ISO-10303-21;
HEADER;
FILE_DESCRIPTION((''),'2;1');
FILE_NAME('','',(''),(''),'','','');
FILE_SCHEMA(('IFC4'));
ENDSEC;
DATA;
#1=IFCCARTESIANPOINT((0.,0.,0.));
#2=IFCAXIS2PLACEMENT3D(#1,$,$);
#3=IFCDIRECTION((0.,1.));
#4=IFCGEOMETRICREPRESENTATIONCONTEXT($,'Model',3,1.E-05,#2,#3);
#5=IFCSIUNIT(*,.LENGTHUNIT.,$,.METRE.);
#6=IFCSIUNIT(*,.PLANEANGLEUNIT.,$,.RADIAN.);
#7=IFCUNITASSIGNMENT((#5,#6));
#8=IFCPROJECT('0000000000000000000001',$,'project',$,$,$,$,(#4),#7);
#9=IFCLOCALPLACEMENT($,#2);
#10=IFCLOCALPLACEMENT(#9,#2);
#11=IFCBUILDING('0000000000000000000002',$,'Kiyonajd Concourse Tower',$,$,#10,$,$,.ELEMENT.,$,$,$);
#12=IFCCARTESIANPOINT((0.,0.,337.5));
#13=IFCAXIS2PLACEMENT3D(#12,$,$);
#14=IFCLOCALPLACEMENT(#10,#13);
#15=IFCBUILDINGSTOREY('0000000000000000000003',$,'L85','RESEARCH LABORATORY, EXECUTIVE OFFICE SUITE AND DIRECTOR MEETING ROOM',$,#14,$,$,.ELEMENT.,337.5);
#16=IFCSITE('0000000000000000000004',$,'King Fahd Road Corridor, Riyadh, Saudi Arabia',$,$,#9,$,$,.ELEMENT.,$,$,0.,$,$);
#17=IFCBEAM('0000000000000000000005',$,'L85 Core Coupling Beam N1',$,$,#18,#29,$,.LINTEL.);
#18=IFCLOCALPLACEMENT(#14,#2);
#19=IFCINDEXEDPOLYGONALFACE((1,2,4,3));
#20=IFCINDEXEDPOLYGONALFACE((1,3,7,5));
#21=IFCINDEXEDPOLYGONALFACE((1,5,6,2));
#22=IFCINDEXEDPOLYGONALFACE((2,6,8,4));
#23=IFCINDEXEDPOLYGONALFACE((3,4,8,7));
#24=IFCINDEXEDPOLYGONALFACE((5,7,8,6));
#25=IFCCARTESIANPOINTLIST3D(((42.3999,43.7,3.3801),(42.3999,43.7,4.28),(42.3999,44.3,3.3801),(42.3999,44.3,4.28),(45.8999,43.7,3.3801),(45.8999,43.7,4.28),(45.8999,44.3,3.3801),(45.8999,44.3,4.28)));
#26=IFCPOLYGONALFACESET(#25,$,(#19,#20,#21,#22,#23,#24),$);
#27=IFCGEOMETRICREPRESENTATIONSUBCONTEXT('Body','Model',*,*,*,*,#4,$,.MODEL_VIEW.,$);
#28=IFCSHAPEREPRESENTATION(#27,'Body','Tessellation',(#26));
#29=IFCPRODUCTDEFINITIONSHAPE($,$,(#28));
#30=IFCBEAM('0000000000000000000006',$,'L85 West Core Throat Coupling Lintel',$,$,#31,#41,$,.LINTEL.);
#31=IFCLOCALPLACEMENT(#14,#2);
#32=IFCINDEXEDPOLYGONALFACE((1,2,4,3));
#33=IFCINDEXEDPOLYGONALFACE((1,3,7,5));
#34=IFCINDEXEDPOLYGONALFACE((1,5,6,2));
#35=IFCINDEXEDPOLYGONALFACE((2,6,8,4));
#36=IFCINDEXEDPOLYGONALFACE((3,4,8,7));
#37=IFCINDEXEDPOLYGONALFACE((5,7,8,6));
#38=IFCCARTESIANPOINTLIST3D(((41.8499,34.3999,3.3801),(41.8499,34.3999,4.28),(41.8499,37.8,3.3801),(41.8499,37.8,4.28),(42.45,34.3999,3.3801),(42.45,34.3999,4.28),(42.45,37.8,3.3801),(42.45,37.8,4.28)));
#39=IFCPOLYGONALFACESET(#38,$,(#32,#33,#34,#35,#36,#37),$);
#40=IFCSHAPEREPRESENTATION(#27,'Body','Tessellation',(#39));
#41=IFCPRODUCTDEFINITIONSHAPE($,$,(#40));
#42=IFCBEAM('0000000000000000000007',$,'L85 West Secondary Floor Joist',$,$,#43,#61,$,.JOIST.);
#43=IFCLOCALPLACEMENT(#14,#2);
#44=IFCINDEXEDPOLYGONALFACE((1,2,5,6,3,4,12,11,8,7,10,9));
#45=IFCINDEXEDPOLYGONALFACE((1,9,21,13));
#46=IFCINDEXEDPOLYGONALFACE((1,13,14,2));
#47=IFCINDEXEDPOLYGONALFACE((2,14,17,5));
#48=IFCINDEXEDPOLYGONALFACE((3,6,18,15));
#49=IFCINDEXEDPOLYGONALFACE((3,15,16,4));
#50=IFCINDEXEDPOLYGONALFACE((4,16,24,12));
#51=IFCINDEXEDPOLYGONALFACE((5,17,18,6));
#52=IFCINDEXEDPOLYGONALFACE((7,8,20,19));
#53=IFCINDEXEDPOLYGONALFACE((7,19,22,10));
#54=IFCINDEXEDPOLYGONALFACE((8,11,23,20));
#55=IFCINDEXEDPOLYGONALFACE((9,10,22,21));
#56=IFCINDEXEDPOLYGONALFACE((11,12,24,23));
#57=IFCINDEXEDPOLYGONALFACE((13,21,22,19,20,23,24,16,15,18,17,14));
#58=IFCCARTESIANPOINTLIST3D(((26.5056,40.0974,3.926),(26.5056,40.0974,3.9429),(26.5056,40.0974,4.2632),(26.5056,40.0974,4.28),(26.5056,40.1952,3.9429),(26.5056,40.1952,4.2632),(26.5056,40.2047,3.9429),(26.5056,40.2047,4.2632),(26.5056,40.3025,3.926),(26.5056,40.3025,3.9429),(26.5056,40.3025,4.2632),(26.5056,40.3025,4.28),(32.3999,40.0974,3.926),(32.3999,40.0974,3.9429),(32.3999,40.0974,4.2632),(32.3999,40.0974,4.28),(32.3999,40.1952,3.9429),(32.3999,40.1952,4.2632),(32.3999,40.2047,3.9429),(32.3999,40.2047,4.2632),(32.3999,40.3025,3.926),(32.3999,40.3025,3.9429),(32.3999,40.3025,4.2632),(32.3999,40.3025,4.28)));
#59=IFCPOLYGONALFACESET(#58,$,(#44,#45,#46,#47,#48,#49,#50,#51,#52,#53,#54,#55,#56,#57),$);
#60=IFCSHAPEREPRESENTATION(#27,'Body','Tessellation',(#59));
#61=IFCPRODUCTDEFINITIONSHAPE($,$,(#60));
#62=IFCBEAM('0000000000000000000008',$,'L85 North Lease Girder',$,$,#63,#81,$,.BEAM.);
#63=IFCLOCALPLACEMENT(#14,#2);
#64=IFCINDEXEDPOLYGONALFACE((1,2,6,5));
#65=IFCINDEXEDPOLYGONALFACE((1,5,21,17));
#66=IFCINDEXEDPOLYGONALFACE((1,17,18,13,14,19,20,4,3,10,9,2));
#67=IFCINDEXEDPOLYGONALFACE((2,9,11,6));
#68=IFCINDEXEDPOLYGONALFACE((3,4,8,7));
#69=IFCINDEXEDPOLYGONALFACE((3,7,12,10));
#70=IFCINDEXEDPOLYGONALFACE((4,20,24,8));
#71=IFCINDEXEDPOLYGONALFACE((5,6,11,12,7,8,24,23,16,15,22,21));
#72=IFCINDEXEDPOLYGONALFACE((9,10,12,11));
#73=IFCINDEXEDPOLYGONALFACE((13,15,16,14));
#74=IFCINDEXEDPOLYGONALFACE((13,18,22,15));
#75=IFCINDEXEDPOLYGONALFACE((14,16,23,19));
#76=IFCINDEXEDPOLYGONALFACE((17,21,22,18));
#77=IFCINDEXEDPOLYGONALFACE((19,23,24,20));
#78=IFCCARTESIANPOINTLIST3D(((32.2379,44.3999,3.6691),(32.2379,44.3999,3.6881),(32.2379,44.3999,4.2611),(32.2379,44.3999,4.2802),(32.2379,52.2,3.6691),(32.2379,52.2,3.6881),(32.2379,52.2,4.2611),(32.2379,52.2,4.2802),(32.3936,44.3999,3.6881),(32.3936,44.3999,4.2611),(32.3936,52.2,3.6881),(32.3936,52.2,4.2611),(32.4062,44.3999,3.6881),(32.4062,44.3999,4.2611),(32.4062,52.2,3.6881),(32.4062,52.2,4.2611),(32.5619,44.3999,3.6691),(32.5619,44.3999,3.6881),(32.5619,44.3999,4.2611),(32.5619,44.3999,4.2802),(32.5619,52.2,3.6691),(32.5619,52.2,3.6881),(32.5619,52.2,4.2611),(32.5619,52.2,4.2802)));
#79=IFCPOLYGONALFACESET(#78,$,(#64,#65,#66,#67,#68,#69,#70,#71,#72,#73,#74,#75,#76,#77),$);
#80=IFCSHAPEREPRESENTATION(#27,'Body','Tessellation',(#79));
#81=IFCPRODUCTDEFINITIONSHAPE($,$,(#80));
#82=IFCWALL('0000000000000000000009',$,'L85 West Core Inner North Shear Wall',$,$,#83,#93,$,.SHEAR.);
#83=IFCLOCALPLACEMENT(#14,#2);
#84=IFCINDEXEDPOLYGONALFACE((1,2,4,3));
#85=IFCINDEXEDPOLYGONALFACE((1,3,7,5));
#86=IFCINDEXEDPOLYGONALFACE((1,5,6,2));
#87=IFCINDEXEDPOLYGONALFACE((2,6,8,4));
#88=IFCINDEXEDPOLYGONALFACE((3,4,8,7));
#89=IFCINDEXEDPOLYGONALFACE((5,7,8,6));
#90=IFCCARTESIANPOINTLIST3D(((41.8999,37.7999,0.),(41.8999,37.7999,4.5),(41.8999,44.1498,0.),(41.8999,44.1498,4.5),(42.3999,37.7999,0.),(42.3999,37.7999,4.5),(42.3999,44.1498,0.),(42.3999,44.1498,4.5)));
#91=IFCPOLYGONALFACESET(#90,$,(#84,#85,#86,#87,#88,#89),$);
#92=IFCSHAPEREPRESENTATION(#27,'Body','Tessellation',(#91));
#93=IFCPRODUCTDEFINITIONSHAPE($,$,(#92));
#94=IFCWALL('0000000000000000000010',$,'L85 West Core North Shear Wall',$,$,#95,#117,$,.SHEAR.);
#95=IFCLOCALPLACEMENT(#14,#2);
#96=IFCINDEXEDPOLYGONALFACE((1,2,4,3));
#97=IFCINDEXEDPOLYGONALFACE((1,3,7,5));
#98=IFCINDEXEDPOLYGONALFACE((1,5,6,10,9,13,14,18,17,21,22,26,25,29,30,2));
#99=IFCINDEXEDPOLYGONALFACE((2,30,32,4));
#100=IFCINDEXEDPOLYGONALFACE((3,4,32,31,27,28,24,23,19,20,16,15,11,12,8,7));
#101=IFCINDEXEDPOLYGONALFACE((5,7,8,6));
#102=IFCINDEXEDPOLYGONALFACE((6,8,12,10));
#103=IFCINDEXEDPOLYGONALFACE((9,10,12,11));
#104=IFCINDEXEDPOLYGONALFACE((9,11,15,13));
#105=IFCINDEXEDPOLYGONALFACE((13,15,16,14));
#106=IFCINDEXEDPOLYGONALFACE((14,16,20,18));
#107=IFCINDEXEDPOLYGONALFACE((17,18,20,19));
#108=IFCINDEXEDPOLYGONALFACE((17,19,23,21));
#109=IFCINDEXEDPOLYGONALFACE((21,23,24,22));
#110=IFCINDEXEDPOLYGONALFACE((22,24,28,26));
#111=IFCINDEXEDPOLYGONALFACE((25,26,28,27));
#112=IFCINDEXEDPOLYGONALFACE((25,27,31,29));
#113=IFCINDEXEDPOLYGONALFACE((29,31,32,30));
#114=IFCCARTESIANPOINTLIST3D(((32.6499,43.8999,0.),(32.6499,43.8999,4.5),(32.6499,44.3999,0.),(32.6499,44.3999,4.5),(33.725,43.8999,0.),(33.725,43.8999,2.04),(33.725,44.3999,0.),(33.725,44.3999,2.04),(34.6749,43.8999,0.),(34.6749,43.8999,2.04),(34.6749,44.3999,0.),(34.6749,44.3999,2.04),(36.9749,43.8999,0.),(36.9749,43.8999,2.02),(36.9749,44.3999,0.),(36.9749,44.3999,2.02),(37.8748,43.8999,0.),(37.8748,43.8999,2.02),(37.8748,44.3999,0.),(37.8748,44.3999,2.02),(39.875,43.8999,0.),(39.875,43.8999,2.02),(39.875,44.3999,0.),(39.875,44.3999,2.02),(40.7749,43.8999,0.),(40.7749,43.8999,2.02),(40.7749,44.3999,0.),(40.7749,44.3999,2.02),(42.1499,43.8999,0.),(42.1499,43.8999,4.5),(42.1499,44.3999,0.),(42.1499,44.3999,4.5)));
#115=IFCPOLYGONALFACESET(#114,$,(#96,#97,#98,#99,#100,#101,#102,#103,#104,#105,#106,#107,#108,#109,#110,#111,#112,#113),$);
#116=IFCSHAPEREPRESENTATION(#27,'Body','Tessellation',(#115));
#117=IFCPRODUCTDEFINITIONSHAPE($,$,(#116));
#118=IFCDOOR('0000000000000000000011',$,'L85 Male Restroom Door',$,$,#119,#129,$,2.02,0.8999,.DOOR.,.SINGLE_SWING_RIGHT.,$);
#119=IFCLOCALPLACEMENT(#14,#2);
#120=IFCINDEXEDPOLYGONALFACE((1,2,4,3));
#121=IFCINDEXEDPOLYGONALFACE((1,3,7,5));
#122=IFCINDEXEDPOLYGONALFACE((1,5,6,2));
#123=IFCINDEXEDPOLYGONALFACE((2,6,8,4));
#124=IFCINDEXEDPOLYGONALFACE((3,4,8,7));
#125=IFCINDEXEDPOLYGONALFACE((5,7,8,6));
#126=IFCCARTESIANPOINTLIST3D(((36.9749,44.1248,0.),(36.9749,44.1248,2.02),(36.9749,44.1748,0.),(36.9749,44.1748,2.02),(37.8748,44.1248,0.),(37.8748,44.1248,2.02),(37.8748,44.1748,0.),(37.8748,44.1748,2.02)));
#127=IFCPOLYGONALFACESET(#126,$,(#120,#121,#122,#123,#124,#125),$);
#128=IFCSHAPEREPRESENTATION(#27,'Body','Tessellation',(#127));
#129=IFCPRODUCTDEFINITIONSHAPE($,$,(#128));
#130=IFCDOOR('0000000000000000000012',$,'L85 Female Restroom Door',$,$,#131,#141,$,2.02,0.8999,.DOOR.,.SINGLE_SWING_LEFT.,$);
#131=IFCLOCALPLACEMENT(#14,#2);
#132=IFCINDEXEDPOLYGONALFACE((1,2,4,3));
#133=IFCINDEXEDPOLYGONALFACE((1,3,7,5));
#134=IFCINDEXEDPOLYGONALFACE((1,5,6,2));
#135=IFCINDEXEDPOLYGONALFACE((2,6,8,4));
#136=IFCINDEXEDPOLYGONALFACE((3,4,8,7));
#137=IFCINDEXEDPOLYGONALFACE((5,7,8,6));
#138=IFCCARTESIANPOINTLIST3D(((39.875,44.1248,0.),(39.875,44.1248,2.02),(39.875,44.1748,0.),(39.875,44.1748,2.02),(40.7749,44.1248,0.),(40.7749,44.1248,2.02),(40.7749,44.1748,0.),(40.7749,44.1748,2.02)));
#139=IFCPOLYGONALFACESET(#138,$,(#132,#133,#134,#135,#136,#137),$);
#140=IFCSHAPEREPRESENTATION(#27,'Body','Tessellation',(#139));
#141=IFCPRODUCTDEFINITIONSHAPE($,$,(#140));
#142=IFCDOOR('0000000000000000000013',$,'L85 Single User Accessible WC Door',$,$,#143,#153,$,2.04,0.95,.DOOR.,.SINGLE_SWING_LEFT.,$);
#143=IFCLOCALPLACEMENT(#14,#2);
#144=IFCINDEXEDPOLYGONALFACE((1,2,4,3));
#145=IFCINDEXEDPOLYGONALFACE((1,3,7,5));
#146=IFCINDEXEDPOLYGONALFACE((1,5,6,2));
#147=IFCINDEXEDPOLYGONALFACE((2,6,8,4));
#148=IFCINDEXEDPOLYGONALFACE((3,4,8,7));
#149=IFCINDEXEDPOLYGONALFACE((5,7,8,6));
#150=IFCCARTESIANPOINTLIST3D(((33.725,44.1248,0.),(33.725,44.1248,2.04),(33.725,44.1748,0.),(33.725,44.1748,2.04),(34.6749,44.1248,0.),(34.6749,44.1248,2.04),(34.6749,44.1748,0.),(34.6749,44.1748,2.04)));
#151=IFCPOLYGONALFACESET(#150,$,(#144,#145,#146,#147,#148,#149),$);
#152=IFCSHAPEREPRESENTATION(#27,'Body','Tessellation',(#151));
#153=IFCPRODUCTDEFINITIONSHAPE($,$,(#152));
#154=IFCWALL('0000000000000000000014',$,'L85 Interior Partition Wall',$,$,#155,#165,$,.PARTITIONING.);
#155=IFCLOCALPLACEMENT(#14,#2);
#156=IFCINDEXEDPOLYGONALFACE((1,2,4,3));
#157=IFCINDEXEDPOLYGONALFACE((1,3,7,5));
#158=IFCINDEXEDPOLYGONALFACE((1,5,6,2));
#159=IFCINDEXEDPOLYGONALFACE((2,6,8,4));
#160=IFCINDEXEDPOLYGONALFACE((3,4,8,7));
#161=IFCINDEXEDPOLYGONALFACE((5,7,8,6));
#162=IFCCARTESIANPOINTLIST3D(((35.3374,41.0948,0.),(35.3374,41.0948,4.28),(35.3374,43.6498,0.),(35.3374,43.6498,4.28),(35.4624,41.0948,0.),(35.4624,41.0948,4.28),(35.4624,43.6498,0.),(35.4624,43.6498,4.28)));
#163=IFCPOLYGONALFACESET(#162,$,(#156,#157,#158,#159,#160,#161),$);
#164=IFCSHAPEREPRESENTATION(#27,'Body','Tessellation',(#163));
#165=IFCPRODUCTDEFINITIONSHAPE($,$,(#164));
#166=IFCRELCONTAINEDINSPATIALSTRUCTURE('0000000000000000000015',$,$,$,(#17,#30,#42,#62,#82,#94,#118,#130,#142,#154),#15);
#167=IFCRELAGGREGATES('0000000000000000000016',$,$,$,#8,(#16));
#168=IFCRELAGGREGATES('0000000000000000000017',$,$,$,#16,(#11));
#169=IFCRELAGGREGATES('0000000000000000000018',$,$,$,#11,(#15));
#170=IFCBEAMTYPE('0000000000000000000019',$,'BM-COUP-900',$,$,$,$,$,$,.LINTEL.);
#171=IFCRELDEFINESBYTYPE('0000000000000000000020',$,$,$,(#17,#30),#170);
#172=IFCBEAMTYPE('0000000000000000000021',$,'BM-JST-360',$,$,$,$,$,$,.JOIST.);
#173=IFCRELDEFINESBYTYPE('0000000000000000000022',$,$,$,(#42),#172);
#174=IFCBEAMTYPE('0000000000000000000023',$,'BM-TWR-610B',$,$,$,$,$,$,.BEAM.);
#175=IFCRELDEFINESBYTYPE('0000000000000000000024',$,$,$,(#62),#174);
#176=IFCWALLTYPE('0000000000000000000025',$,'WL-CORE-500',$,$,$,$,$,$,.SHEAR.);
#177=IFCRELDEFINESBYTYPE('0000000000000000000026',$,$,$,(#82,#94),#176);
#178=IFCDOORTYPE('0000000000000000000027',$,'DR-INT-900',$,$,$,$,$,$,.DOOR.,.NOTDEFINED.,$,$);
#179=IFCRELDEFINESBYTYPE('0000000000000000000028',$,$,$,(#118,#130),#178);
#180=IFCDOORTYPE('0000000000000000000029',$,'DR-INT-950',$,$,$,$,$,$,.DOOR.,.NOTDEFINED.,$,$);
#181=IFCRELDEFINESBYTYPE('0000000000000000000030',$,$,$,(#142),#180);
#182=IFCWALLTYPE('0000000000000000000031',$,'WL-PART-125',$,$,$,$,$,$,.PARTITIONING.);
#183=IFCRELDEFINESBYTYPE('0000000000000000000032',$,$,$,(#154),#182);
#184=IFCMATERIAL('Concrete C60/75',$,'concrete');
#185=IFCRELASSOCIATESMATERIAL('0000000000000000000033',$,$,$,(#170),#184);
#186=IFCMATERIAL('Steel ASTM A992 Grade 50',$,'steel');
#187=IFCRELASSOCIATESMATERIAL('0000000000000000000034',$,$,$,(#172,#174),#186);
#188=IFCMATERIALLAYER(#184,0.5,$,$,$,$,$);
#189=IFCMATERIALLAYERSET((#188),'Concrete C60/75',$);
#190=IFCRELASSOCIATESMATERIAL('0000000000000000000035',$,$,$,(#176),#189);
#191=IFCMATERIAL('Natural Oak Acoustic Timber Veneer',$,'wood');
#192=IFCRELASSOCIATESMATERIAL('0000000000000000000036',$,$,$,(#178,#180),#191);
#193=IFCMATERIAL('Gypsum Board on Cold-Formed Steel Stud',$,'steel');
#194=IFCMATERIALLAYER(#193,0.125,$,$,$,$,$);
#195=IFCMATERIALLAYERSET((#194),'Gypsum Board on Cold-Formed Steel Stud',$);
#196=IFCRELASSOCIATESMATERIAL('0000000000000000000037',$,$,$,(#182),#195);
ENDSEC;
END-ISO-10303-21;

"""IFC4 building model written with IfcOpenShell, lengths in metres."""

from ifc_helpers import new_model, si_unit, direction, frame, frame_2d, origin, origin_2d, place, context, subcontext, project, spatial, rectangle, i_section, extrude, material, layer, layer_set, material_profile, profile_set, type_object, element, fill, save


model = new_model("IFC4")

# Units and contexts
model_context = context("Model", 3, precision=1e-05, world=origin(), true_north=direction((0.0, 1.0)))
body_context = subcontext(model_context, "Body", "Model", "MODEL_VIEW")
ifc_project = project(units=[si_unit("LENGTHUNIT", "METRE"), si_unit("PLANEANGLEUNIT", "RADIAN")], contexts=[model_context])

# Site, building, storey
site_placement = place(None, origin())
site = spatial("IfcSite", under=ifc_project, at=site_placement, Name="King Fahd Road Corridor, Riyadh, Saudi Arabia", CompositionType="ELEMENT", RefElevation=0.0)
building_placement = place(site_placement, origin())
building = spatial("IfcBuilding", under=site, at=building_placement, Name="Kiyonajd Concourse Tower", CompositionType="ELEMENT")
storey_placement = place(building_placement, frame((0.0, 0.0, 337.5)))
storey = spatial("IfcBuildingStorey", under=building, at=storey_placement, Name="L85", Description="RESEARCH LABORATORY, EXECUTIVE OFFICE SUITE AND DIRECTOR MEETING ROOM", CompositionType="ELEMENT", Elevation=337.5)

# Beams
ifc_material_1 = material(Name="Concrete C60/75", Category="concrete")
ifc_material_profile_1 = material_profile(ifc_material_1, rectangle(XDim=0.6001, YDim=0.8999, at=origin_2d()), Name="RCBM-600x900")
ifc_profile_set_1 = profile_set([ifc_material_profile_1], Name="Concrete C60/75")
beam_type_1 = type_object("IfcBeamType", Name="BM-COUP-900", PredefinedType="LINTEL", material=ifc_profile_set_1)
beam_1_placement = place(storey_placement, frame((42.3999, 44.0, 3.8301), z_axis=(1.0, 0.0, 0.0), x_axis=(0.0, 1.0, 0.0)))
element("IfcBeam", 1, at=beam_1_placement, inside=storey, type_object=beam_type_1, Name="L85 Core Coupling Beam N1", PredefinedType="LINTEL", context=body_context, shape_type="SweptSolid", body=[
    extrude(rectangle(XDim=0.6001, YDim=0.8999, at=origin_2d()), origin(), (0.0, 0.0, 1.0), 3.5),
])
beam_2_placement = place(storey_placement, frame((42.1499, 34.3999, 3.8301), z_axis=(0.0, 1.0, 0.0), x_axis=(-1.0, 0.0, 0.0)))
element("IfcBeam", 2, at=beam_2_placement, inside=storey, type_object=beam_type_1, Name="L85 West Core Throat Coupling Lintel", PredefinedType="LINTEL", context=body_context, shape_type="SweptSolid", body=[
    extrude(rectangle(XDim=0.6001, YDim=0.8999, at=origin_2d()), origin(), (0.0, 0.0, 1.0), 3.4001),
])
ifc_material_2 = material(Name="Steel ASTM A992 Grade 50", Category="steel")
ifc_material_profile_2 = material_profile(ifc_material_2, i_section(OverallWidth=0.2051, OverallDepth=0.354, WebThickness=0.0095, FlangeThickness=0.0168, at=origin_2d()), Name="W360X79")
ifc_profile_set_2 = profile_set([ifc_material_profile_2], Name="Steel ASTM A992 Grade 50")
beam_type_2 = type_object("IfcBeamType", Name="BM-JST-360", PredefinedType="JOIST", material=ifc_profile_set_2)
beam_3_placement = place(storey_placement, frame((26.5056, 40.2, 4.103), z_axis=(1.0, 0.0, 0.0), x_axis=(0.0, 1.0, 0.0)))
element("IfcBeam", 3, at=beam_3_placement, inside=storey, type_object=beam_type_2, Name="L85 West Secondary Floor Joist", PredefinedType="JOIST", context=body_context, shape_type="SweptSolid", body=[
    extrude(i_section(OverallWidth=0.2051, OverallDepth=0.354, WebThickness=0.0095, FlangeThickness=0.0168, at=origin_2d()), origin(), (0.0, 0.0, 1.0), 5.8943),
])
ifc_material_profile_3 = material_profile(ifc_material_2, i_section(OverallWidth=0.324, OverallDepth=0.6111, WebThickness=0.0127, FlangeThickness=0.019, at=origin_2d()), Name="W610X155")
ifc_profile_set_3 = profile_set([ifc_material_profile_3], Name="Steel ASTM A992 Grade 50")
beam_type_3 = type_object("IfcBeamType", Name="BM-TWR-610B", PredefinedType="BEAM", material=ifc_profile_set_3)
beam_4_placement = place(storey_placement, frame((32.3999, 44.3999, 3.9746), z_axis=(0.0, 1.0, 0.0), x_axis=(-1.0, 0.0, 0.0)))
element("IfcBeam", 4, at=beam_4_placement, inside=storey, type_object=beam_type_3, Name="L85 North Lease Girder", PredefinedType="BEAM", context=body_context, shape_type="SweptSolid", body=[
    extrude(i_section(OverallWidth=0.324, OverallDepth=0.6111, WebThickness=0.0127, FlangeThickness=0.019, at=origin_2d()), origin(), (0.0, 0.0, 1.0), 7.8),
])

# Wall
ifc_layer_1 = layer(ifc_material_1, 0.5)
ifc_layer_set_1 = layer_set([ifc_layer_1], Name="Concrete C60/75")
wall_type_1 = type_object("IfcWallType", Name="WL-CORE-500", PredefinedType="SHEAR", material=ifc_layer_set_1)
wall_1_placement = place(storey_placement, frame((42.1499, 37.8, 0.0), z_axis=(0.0, 0.0, 1.0), x_axis=(0.0, 1.0, 0.0)))
element("IfcWall", 5, at=wall_1_placement, inside=storey, type_object=wall_type_1, Name="L85 West Core Inner North Shear Wall", PredefinedType="SHEAR", context=body_context, shape_type="SweptSolid", body=[
    extrude(rectangle(XDim=6.3499, YDim=0.5, at=frame_2d((3.1748, 0.0))), origin(), (0.0, 0.0, 1.0), 4.5),
])

# Wall, openings, doors
wall_2_placement = place(storey_placement, frame((32.6499, 44.1499, 0.0), z_axis=(0.0, 0.0, 1.0), x_axis=(1.0, 0.0, 0.0)))
wall_2 = element("IfcWall", 6, at=wall_2_placement, inside=storey, type_object=wall_type_1, Name="L85 West Core North Shear Wall", PredefinedType="SHEAR", context=body_context, shape_type="SweptSolid", body=[
    extrude(rectangle(XDim=9.5, YDim=0.5, at=frame_2d((4.75, 0.0))), origin(), (0.0, 0.0, 1.0), 4.5),
])
opening_1_placement = place(wall_2_placement, frame((1.075, 0.0, 0.0)))
opening_1 = element("IfcOpeningElement", 7, at=opening_1_placement, cuts=wall_2, PredefinedType="OPENING", context=body_context, shape_type="SweptSolid", body=[
    extrude(rectangle(XDim=0.95, YDim=2.04, at=frame_2d((0.4751, 1.02))), frame((0.0, 0.26, 0.0), z_axis=(0.0, -1.0, 0.0), x_axis=(1.0, 0.0, 0.0)), (0.0, 0.0, 1.0), 0.52),
])
opening_2_placement = place(wall_2_placement, frame((4.325, 0.0, 0.0)))
opening_2 = element("IfcOpeningElement", 8, at=opening_2_placement, cuts=wall_2, PredefinedType="OPENING", context=body_context, shape_type="SweptSolid", body=[
    extrude(rectangle(XDim=0.8999, YDim=2.02, at=frame_2d((0.45, 1.01))), frame((0.0, 0.26, 0.0), z_axis=(0.0, -1.0, 0.0), x_axis=(1.0, 0.0, 0.0)), (0.0, 0.0, 1.0), 0.52),
])
opening_3_placement = place(wall_2_placement, frame((7.2251, 0.0, 0.0)))
opening_3 = element("IfcOpeningElement", 9, at=opening_3_placement, cuts=wall_2, PredefinedType="OPENING", context=body_context, shape_type="SweptSolid", body=[
    extrude(rectangle(XDim=0.8999, YDim=2.02, at=frame_2d((0.45, 1.01))), frame((0.0, 0.26, 0.0), z_axis=(0.0, -1.0, 0.0), x_axis=(1.0, 0.0, 0.0)), (0.0, 0.0, 1.0), 0.52),
])
ifc_material_3 = material(Name="Natural Oak Acoustic Timber Veneer", Category="wood")
door_type_1 = type_object("IfcDoorType", Name="DR-INT-900", OperationType="NOTDEFINED", PredefinedType="DOOR", material=ifc_material_3)
door_1_placement = place(opening_2_placement, origin())
door_1 = element("IfcDoor", 10, at=door_1_placement, inside=storey, type_object=door_type_1, Name="L85 Male Restroom Door", OperationType="SINGLE_SWING_RIGHT", OverallHeight=2.02, OverallWidth=0.8999, PredefinedType="DOOR", context=body_context, shape_type="SweptSolid", body=[
    extrude(rectangle(XDim=0.8999, YDim=2.02, at=frame_2d((0.45, 1.01))), frame((0.0, 0.0249, 0.0), z_axis=(0.0, -1.0, 0.0), x_axis=(1.0, 0.0, 0.0)), (0.0, 0.0, 1.0), 0.05),
])
fill(opening_2, door_1)
door_2_placement = place(opening_3_placement, origin())
door_2 = element("IfcDoor", 11, at=door_2_placement, inside=storey, type_object=door_type_1, Name="L85 Female Restroom Door", OperationType="SINGLE_SWING_LEFT", OverallHeight=2.02, OverallWidth=0.8999, PredefinedType="DOOR", context=body_context, shape_type="SweptSolid", body=[
    extrude(rectangle(XDim=0.8999, YDim=2.02, at=frame_2d((0.45, 1.01))), frame((0.0, 0.0249, 0.0), z_axis=(0.0, -1.0, 0.0), x_axis=(1.0, 0.0, 0.0)), (0.0, 0.0, 1.0), 0.05),
])
fill(opening_3, door_2)
door_type_2 = type_object("IfcDoorType", Name="DR-INT-950", OperationType="NOTDEFINED", PredefinedType="DOOR", material=ifc_material_3)
door_3_placement = place(opening_1_placement, origin())
door_3 = element("IfcDoor", 12, at=door_3_placement, inside=storey, type_object=door_type_2, Name="L85 Single User Accessible WC Door", OperationType="SINGLE_SWING_LEFT", OverallHeight=2.04, OverallWidth=0.95, PredefinedType="DOOR", context=body_context, shape_type="SweptSolid", body=[
    extrude(rectangle(XDim=0.95, YDim=2.04, at=frame_2d((0.4751, 1.02))), frame((0.0, 0.0249, 0.0), z_axis=(0.0, -1.0, 0.0), x_axis=(1.0, 0.0, 0.0)), (0.0, 0.0, 1.0), 0.05),
])
fill(opening_1, door_3)

# Wall
ifc_material_4 = material(Name="Gypsum Board on Cold-Formed Steel Stud", Category="steel")
ifc_layer_2 = layer(ifc_material_4, 0.125)
ifc_layer_set_2 = layer_set([ifc_layer_2], Name="Gypsum Board on Cold-Formed Steel Stud")
wall_type_2 = type_object("IfcWallType", Name="WL-PART-125", PredefinedType="PARTITIONING", material=ifc_layer_set_2)
for number, where, z_axis, x_axis, name in (
    (13, (35.3999, 41.095, 0.0), (0.0, 0.0, 1.0), (0.0, 1.0, 0.0), "L85 Interior Partition Wall"),
):
    element("IfcWall", number, at=place(storey_placement, frame(where, z_axis=z_axis, x_axis=x_axis)), inside=storey, type_object=wall_type_2, Name=name, PredefinedType="PARTITIONING", context=body_context, shape_type="SweptSolid", body=[
        extrude(rectangle(XDim=2.5549, YDim=0.125, at=frame_2d((1.2773, 0.0))), origin(), (0.0, 0.0, 1.0), 4.28),
    ])

save(model, "model.ifc")
